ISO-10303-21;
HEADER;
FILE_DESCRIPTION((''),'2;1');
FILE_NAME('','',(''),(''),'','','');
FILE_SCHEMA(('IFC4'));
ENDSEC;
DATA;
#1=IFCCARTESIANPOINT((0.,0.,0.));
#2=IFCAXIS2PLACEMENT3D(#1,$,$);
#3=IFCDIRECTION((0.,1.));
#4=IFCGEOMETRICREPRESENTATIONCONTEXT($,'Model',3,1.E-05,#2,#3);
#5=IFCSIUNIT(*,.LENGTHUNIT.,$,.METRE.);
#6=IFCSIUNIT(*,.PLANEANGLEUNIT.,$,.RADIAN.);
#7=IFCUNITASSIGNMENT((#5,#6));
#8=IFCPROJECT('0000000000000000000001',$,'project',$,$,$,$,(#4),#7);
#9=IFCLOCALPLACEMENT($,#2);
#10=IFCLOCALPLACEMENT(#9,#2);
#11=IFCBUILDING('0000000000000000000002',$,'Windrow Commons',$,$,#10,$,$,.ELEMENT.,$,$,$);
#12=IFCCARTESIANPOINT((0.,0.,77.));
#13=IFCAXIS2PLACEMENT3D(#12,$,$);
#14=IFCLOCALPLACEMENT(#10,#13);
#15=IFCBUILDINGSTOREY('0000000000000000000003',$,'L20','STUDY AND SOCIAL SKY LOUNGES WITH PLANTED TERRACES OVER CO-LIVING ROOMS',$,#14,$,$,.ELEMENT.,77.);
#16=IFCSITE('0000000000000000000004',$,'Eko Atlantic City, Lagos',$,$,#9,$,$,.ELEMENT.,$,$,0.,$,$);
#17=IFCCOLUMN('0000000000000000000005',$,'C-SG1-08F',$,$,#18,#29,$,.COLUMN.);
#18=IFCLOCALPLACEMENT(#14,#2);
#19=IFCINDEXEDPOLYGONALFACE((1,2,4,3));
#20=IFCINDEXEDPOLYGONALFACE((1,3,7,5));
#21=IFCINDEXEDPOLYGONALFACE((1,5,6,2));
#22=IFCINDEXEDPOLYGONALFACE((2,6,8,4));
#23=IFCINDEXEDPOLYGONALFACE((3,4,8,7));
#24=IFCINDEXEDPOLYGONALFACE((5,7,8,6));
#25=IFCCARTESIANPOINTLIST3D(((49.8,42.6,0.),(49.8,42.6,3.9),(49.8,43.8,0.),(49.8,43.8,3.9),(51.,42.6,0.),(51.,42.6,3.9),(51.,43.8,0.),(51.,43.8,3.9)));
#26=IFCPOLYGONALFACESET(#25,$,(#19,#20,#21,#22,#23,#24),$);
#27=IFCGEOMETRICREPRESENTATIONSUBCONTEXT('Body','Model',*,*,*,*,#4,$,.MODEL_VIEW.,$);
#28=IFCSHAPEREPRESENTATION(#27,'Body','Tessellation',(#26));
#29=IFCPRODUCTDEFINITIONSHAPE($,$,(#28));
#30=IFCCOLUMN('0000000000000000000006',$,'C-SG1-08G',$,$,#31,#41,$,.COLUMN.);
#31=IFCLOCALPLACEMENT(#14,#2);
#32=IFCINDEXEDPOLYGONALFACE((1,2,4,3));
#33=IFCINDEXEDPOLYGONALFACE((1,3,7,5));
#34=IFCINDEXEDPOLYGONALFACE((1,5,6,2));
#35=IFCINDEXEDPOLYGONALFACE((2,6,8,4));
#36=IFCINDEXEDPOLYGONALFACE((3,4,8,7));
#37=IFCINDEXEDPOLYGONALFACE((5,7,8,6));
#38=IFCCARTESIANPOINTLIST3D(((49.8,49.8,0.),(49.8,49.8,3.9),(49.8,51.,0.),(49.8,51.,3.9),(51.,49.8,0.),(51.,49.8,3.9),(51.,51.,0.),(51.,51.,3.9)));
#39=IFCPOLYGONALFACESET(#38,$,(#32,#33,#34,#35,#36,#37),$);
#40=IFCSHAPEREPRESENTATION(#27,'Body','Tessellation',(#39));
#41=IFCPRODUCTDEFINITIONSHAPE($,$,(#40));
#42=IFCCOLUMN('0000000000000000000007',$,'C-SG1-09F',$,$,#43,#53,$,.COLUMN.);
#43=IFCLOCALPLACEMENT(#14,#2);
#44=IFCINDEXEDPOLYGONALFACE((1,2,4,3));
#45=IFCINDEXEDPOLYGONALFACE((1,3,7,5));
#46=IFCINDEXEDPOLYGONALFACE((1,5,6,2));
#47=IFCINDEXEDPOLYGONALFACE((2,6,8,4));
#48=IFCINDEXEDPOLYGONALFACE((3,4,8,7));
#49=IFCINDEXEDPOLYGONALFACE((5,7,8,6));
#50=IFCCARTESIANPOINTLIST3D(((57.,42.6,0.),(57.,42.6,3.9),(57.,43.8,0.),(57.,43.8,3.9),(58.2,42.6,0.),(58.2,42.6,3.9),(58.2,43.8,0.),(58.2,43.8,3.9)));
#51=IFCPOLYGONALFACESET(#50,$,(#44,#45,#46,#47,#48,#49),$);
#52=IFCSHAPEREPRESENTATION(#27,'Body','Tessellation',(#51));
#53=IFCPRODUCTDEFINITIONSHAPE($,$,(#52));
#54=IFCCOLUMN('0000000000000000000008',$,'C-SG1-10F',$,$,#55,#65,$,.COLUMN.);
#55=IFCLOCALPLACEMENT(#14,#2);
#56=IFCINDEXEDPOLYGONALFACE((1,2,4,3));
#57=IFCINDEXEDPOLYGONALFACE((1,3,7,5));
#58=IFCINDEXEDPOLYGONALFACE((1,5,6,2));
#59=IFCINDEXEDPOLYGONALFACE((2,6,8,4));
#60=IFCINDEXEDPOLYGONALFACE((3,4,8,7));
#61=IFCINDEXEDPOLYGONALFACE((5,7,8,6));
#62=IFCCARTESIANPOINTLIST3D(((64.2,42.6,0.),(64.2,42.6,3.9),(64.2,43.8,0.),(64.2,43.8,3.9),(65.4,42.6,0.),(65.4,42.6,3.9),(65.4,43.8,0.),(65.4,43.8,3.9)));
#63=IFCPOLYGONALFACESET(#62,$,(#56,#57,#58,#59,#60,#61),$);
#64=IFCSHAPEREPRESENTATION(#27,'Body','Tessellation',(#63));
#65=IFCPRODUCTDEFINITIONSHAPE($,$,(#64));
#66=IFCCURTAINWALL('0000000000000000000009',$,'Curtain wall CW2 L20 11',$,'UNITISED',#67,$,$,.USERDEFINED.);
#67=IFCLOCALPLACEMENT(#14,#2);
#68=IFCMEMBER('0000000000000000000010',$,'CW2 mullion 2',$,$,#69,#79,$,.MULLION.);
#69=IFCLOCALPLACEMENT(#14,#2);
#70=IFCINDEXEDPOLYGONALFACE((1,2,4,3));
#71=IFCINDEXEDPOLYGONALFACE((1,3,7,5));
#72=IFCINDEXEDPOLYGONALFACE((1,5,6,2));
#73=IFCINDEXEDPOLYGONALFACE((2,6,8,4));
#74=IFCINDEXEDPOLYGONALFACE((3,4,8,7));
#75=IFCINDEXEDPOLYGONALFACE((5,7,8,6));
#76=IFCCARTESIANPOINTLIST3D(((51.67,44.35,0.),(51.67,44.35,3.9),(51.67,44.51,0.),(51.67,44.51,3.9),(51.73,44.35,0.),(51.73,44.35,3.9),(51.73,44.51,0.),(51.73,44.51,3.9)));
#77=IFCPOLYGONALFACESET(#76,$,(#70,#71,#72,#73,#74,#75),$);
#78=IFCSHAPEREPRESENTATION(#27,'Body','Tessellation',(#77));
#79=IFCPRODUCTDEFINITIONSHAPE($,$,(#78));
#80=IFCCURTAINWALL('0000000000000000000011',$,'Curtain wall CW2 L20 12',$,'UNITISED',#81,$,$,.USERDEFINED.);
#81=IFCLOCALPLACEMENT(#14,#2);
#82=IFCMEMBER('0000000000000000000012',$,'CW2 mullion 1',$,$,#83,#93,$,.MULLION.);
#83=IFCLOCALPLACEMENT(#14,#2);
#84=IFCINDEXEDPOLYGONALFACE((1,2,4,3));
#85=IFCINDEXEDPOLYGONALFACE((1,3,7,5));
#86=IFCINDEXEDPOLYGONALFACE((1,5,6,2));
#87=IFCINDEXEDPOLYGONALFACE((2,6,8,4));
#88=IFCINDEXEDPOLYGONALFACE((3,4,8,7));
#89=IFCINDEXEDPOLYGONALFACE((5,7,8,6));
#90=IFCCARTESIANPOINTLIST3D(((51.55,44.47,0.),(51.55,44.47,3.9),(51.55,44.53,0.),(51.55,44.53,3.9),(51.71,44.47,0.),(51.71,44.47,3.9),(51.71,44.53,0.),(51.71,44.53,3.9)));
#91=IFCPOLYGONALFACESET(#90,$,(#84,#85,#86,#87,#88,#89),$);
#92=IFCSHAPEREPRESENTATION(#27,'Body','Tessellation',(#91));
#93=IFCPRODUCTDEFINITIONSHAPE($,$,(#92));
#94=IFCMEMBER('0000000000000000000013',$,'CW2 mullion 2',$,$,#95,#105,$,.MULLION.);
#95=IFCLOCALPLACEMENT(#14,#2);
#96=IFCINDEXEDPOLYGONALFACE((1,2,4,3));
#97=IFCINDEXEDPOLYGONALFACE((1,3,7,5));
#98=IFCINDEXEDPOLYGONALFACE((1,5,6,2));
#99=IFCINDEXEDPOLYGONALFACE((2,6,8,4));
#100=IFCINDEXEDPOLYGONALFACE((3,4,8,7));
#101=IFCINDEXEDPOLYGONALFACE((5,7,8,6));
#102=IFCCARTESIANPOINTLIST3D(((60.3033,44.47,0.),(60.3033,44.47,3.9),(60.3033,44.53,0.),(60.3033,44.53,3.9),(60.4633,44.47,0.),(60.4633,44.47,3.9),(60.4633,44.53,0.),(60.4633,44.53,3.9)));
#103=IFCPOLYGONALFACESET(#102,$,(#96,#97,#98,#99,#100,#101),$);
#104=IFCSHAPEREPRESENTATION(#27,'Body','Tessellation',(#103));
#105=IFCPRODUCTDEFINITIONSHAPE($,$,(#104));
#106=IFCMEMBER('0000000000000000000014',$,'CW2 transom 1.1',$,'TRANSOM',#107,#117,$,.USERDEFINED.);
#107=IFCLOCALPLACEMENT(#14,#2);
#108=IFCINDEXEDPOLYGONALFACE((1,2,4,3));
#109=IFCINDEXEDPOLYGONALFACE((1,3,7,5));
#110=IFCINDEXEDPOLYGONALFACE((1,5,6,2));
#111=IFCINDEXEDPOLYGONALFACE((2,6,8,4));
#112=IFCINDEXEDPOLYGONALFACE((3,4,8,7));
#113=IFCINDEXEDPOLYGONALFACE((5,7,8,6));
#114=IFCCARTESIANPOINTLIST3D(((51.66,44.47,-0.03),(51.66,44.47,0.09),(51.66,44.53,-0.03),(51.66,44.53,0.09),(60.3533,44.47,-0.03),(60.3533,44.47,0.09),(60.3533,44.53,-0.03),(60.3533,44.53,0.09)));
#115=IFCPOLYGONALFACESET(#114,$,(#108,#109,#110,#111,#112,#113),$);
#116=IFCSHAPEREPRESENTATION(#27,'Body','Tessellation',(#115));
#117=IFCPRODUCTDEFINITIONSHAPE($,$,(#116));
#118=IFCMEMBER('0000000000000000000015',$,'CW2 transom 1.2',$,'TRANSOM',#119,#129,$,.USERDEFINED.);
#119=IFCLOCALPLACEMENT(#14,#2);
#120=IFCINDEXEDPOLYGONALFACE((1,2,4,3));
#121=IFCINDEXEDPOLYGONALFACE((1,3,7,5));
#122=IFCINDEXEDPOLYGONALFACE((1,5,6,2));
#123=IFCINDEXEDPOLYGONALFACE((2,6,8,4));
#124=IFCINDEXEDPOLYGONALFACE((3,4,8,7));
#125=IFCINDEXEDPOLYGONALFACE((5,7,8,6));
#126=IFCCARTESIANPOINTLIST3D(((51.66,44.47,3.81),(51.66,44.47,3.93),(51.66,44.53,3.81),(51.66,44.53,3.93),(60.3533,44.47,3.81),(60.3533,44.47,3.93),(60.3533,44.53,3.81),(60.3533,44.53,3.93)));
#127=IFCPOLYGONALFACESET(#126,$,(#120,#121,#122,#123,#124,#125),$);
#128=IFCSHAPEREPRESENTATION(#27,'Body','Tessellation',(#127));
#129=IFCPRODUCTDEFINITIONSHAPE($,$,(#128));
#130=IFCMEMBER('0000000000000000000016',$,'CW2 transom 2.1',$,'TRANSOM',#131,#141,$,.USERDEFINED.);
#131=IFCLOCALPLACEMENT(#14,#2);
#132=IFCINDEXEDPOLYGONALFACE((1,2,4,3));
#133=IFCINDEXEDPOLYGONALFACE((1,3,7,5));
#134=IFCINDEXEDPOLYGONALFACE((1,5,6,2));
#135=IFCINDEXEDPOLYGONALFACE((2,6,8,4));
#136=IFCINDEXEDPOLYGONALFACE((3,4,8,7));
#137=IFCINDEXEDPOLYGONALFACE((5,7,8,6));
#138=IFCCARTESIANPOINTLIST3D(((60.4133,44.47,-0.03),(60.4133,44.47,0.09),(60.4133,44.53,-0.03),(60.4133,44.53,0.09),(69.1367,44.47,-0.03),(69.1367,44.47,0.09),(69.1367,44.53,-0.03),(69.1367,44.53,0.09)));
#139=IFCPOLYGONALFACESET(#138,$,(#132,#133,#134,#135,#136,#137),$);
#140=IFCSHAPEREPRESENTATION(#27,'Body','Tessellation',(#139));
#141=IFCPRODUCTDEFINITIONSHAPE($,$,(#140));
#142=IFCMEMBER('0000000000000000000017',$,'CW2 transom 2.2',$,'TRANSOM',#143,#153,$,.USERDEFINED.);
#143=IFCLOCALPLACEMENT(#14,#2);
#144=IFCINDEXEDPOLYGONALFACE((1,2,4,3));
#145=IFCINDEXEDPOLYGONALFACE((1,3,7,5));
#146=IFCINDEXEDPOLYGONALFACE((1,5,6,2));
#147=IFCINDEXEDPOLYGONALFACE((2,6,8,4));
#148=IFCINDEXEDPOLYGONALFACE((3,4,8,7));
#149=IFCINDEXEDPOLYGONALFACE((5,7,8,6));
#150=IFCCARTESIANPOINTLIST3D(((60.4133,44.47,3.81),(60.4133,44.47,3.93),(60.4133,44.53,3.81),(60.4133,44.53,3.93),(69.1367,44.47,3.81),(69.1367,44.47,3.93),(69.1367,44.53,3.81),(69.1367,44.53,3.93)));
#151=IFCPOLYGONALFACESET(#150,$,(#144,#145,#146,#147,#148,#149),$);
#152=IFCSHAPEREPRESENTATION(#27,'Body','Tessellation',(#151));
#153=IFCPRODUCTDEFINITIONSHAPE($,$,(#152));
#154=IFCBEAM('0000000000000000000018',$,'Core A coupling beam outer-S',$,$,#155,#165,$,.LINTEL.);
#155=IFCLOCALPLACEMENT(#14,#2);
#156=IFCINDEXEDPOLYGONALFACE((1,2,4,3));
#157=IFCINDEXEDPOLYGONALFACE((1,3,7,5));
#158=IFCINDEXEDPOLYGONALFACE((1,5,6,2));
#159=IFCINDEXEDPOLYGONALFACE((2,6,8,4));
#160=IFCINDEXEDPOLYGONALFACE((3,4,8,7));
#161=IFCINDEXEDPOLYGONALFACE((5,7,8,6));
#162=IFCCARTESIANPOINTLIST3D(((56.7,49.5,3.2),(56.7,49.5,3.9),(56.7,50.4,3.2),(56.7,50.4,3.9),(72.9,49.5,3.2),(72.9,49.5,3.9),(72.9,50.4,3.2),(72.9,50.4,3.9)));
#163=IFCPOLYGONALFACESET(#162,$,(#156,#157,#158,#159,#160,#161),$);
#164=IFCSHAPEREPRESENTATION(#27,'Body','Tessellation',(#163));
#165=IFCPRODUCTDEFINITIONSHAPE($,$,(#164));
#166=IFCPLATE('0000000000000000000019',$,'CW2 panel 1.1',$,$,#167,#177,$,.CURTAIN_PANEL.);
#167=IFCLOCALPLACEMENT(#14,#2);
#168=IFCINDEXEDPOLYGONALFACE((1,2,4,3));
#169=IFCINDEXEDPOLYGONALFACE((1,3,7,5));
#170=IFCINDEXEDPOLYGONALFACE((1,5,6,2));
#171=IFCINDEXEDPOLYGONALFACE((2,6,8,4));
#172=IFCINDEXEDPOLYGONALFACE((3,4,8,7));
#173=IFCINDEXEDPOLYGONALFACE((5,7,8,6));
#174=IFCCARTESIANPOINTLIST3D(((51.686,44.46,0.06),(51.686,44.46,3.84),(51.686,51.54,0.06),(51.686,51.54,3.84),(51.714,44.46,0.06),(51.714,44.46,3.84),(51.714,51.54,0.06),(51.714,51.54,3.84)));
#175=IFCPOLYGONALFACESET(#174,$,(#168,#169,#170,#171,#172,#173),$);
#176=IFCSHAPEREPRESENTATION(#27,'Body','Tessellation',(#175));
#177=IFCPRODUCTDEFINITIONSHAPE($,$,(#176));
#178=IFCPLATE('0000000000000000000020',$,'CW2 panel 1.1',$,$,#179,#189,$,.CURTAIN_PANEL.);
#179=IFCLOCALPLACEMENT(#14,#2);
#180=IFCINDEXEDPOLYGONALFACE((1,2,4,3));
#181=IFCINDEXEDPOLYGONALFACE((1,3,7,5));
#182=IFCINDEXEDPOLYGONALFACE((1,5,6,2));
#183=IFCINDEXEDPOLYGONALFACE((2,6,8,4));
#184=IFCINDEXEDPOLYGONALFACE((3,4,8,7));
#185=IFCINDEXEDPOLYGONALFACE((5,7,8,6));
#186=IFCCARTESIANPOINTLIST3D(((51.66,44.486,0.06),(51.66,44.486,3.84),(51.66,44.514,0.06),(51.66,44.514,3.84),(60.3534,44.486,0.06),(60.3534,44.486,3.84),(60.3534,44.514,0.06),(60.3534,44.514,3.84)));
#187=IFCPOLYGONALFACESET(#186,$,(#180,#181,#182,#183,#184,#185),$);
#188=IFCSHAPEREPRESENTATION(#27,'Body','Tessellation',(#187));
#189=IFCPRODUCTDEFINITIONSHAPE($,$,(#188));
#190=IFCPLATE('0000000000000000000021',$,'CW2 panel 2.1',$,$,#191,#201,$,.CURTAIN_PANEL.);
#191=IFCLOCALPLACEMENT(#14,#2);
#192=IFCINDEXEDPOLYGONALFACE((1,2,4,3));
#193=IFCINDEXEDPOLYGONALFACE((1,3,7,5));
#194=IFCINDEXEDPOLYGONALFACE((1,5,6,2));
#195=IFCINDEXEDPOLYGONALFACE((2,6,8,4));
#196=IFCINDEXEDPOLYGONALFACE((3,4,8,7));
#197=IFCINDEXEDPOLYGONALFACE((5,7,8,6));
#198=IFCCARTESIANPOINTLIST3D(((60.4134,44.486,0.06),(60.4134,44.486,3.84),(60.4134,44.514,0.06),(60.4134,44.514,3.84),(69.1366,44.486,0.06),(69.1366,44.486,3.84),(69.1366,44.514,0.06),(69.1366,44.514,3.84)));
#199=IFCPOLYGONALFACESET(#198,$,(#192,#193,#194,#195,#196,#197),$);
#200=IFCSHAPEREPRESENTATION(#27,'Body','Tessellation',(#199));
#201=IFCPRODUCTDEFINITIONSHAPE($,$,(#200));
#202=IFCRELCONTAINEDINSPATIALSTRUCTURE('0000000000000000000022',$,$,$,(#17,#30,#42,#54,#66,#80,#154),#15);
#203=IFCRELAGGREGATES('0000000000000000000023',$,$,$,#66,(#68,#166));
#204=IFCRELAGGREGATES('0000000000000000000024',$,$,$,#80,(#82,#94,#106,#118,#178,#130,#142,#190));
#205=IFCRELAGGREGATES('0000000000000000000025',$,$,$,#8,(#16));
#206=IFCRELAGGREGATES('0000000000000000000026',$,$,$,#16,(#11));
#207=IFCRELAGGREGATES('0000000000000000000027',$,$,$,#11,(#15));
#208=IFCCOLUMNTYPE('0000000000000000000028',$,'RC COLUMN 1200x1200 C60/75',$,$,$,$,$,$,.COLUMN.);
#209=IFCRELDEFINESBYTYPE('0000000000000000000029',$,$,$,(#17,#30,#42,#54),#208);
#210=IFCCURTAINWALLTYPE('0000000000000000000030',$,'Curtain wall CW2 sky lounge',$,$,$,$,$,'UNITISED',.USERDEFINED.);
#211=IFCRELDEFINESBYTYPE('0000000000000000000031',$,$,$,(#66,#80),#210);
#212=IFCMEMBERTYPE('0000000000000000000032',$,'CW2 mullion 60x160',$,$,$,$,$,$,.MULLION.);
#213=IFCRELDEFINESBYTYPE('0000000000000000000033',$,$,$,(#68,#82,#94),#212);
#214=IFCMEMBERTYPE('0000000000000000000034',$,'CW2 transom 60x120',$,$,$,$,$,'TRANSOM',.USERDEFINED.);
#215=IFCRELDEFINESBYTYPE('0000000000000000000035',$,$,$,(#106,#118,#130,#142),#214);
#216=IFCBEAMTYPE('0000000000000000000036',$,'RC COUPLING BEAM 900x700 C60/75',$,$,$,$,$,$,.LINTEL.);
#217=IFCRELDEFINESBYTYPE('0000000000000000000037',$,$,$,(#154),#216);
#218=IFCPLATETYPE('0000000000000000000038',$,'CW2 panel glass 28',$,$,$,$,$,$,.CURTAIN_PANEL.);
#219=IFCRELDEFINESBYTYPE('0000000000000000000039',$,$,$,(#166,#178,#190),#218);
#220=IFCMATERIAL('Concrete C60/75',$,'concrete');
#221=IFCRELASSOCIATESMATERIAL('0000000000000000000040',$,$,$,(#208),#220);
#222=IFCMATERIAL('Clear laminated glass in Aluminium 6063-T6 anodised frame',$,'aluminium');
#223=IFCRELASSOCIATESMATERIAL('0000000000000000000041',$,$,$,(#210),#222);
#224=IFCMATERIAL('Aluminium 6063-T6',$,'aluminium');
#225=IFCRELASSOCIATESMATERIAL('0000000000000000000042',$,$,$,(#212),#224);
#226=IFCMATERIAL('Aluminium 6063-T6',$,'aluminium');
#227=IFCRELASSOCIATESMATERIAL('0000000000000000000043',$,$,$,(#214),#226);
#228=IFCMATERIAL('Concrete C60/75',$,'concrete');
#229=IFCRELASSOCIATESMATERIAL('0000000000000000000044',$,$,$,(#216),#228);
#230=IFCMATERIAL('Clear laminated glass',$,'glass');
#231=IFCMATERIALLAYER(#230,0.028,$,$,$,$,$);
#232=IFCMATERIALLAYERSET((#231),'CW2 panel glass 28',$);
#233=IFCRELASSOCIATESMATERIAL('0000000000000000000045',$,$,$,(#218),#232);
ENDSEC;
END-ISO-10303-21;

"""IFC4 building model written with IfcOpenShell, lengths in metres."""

from ifc_helpers import new_model, si_unit, direction, frame, origin, origin_2d, place, context, subcontext, project, spatial, rectangle, extrude, material, layer, layer_set, material_profile, profile_set, type_object, element, aggregate, save


model = new_model("IFC4")

# Units and contexts
model_context = context("Model", 3, precision=1e-05, world=origin(), true_north=direction((0.0, 1.0)))
body_context = subcontext(model_context, "Body", "Model", "MODEL_VIEW")
ifc_project = project(units=[si_unit("LENGTHUNIT", "METRE"), si_unit("PLANEANGLEUNIT", "RADIAN")], contexts=[model_context])

# Site, building, storey
site_placement = place(None, origin())
site = spatial("IfcSite", under=ifc_project, at=site_placement, Name="Eko Atlantic City, Lagos", CompositionType="ELEMENT", RefElevation=0.0)
building_placement = place(site_placement, origin())
building = spatial("IfcBuilding", under=site, at=building_placement, Name="Windrow Commons", CompositionType="ELEMENT")
storey_placement = place(building_placement, frame((0.0, 0.0, 77.0)))
storey = spatial("IfcBuildingStorey", under=building, at=storey_placement, Name="L20", Description="STUDY AND SOCIAL SKY LOUNGES WITH PLANTED TERRACES OVER CO-LIVING ROOMS", CompositionType="ELEMENT", Elevation=77.0)

# Columns
ifc_material_1 = material(Name="Concrete C60/75", Category="concrete")
ifc_material_profile_1 = material_profile(ifc_material_1, rectangle(XDim=1.2, YDim=1.2, at=origin_2d()))
ifc_profile_set_1 = profile_set([ifc_material_profile_1], Name="Concrete C60/75")
column_type = type_object("IfcColumnType", Name="RC COLUMN 1200x1200 C60/75", PredefinedType="COLUMN", material=ifc_profile_set_1)
for number, where, z_axis, x_axis, name in (
    (1, (50.4, 43.2, 0.0), (0.0, 0.0, 1.0), (1.0, 0.0, 0.0), "C-SG1-08F"),
    (2, (50.4, 50.4, 0.0), (0.0, 0.0, 1.0), (1.0, 0.0, 0.0), "C-SG1-08G"),
    (3, (57.6, 43.2, 0.0), (0.0, 0.0, 1.0), (1.0, 0.0, 0.0), "C-SG1-09F"),
    (4, (64.8, 43.2, 0.0), (0.0, 0.0, 1.0), (1.0, 0.0, 0.0), "C-SG1-10F"),
):
    element("IfcColumn", number, at=place(storey_placement, frame(where, z_axis=z_axis, x_axis=x_axis)), inside=storey, type_object=column_type, Name=name, PredefinedType="COLUMN", context=body_context, shape_type="SweptSolid", body=[
        extrude(rectangle(XDim=1.2, YDim=1.2, at=origin_2d()), origin(), (0.0, 0.0, 1.0), 3.9),
    ])

# Curtain wall, member
ifc_material_2 = material(Name="Clear laminated glass in Aluminium 6063-T6 anodised frame", Category="aluminium")
curtain_wall_type = type_object("IfcCurtainWallType", Name="Curtain wall CW2 sky lounge", ElementType="UNITISED", PredefinedType="USERDEFINED", material=ifc_material_2)
placement = place(storey_placement, origin())
curtain_wall_1 = element("IfcCurtainWall", 5, at=placement, inside=storey, type_object=curtain_wall_type, Name="Curtain wall CW2 L20 11", ObjectType="UNITISED", PredefinedType="USERDEFINED")
ifc_material_3 = material(Name="Aluminium 6063-T6", Category="aluminium")
ifc_material_profile_2 = material_profile(ifc_material_3, rectangle(XDim=0.06, YDim=0.16, at=origin_2d()))
ifc_profile_set_2 = profile_set([ifc_material_profile_2], Name="Aluminium 6063-T6")
member_type_1 = type_object("IfcMemberType", Name="CW2 mullion 60x160", PredefinedType="MULLION", material=ifc_profile_set_2)
member_1_placement = place(storey_placement, frame((51.7, 44.43, 0.0), z_axis=(0.0, 0.0, 1.0), x_axis=(1.0, 0.0, 0.0)))
member_1 = element("IfcMember", 6, at=member_1_placement, type_object=member_type_1, Name="CW2 mullion 2", PredefinedType="MULLION", context=body_context, shape_type="SweptSolid", body=[
    extrude(rectangle(XDim=0.06, YDim=0.16, at=origin_2d()), origin(), (0.0, 0.0, 1.0), 3.9),
])

# Curtain wall, members
curtain_wall_2 = element("IfcCurtainWall", 7, at=placement, inside=storey, type_object=curtain_wall_type, Name="Curtain wall CW2 L20 12", ObjectType="UNITISED", PredefinedType="USERDEFINED")
member_2_placement = place(storey_placement, frame((51.63, 44.5, 0.0), z_axis=(0.0, 0.0, 1.0), x_axis=(0.0, 1.0, 0.0)))
member_2 = element("IfcMember", 8, at=member_2_placement, type_object=member_type_1, Name="CW2 mullion 1", PredefinedType="MULLION", context=body_context, shape_type="SweptSolid", body=[
    extrude(rectangle(XDim=0.06, YDim=0.16, at=origin_2d()), origin(), (0.0, 0.0, 1.0), 3.9),
])
member_3_placement = place(storey_placement, frame((60.3833, 44.5, 0.0), z_axis=(0.0, 0.0, 1.0), x_axis=(0.0, 1.0, 0.0)))
member_3 = element("IfcMember", 9, at=member_3_placement, type_object=member_type_1, Name="CW2 mullion 2", PredefinedType="MULLION", context=body_context, shape_type="SweptSolid", body=[
    extrude(rectangle(XDim=0.06, YDim=0.16, at=origin_2d()), origin(), (0.0, 0.0, 1.0), 3.9),
])
ifc_material_4 = material(Name="Aluminium 6063-T6", Category="aluminium")
ifc_material_profile_3 = material_profile(ifc_material_4, rectangle(XDim=0.06, YDim=0.12, at=origin_2d()))
ifc_profile_set_3 = profile_set([ifc_material_profile_3], Name="Aluminium 6063-T6")
member_type_2 = type_object("IfcMemberType", Name="CW2 transom 60x120", ElementType="TRANSOM", PredefinedType="USERDEFINED", material=ifc_profile_set_3)
member_4_placement = place(storey_placement, frame((51.66, 44.5, 0.03), z_axis=(1.0, 0.0, 0.0), x_axis=(0.0, 1.0, 0.0)))
member_4 = element("IfcMember", 10, at=member_4_placement, type_object=member_type_2, Name="CW2 transom 1.1", ObjectType="TRANSOM", PredefinedType="USERDEFINED", context=body_context, shape_type="SweptSolid", body=[
    extrude(rectangle(XDim=0.06, YDim=0.12, at=origin_2d()), origin(), (0.0, 0.0, 1.0), 8.6933),
])
member_5_placement = place(storey_placement, frame((51.66, 44.5, 3.87), z_axis=(1.0, 0.0, 0.0), x_axis=(0.0, 1.0, 0.0)))
member_5 = element("IfcMember", 11, at=member_5_placement, type_object=member_type_2, Name="CW2 transom 1.2", ObjectType="TRANSOM", PredefinedType="USERDEFINED", context=body_context, shape_type="SweptSolid", body=[
    extrude(rectangle(XDim=0.06, YDim=0.12, at=origin_2d()), origin(), (0.0, 0.0, 1.0), 8.6933),
])
member_6_placement = place(storey_placement, frame((60.4133, 44.5, 0.03), z_axis=(1.0, 0.0, 0.0), x_axis=(0.0, 1.0, 0.0)))
member_6 = element("IfcMember", 12, at=member_6_placement, type_object=member_type_2, Name="CW2 transom 2.1", ObjectType="TRANSOM", PredefinedType="USERDEFINED", context=body_context, shape_type="SweptSolid", body=[
    extrude(rectangle(XDim=0.06, YDim=0.12, at=origin_2d()), origin(), (0.0, 0.0, 1.0), 8.7234),
])
member_7_placement = place(storey_placement, frame((60.4133, 44.5, 3.87), z_axis=(1.0, 0.0, 0.0), x_axis=(0.0, 1.0, 0.0)))
member_7 = element("IfcMember", 13, at=member_7_placement, type_object=member_type_2, Name="CW2 transom 2.2", ObjectType="TRANSOM", PredefinedType="USERDEFINED", context=body_context, shape_type="SweptSolid", body=[
    extrude(rectangle(XDim=0.06, YDim=0.12, at=origin_2d()), origin(), (0.0, 0.0, 1.0), 8.7234),
])

# Beam
ifc_material_5 = material(Name="Concrete C60/75", Category="concrete")
ifc_material_profile_4 = material_profile(ifc_material_5, rectangle(XDim=0.9, YDim=0.7, at=origin_2d()))
ifc_profile_set_4 = profile_set([ifc_material_profile_4], Name="Concrete C60/75")
beam_type = type_object("IfcBeamType", Name="RC COUPLING BEAM 900x700 C60/75", PredefinedType="LINTEL", material=ifc_profile_set_4)
beam_placement = place(storey_placement, frame((56.7, 49.95, 3.55), z_axis=(1.0, 0.0, 0.0), x_axis=(0.0, 1.0, 0.0)))
element("IfcBeam", 14, at=beam_placement, inside=storey, type_object=beam_type, Name="Core A coupling beam outer-S", PredefinedType="LINTEL", context=body_context, shape_type="SweptSolid", body=[
    extrude(rectangle(XDim=0.9, YDim=0.7, at=origin_2d()), origin(), (0.0, 0.0, 1.0), 16.2),
])

# Plates
ifc_material_6 = material(Name="Clear laminated glass", Category="glass")
ifc_layer_1 = layer(ifc_material_6, 0.028)
ifc_layer_set_1 = layer_set([ifc_layer_1], Name="CW2 panel glass 28")
plate_type = type_object("IfcPlateType", Name="CW2 panel glass 28", PredefinedType="CURTAIN_PANEL", material=ifc_layer_set_1)
plate_1_placement = place(storey_placement, frame((51.7, 48.0, 0.06), z_axis=(0.0, 0.0, 1.0), x_axis=(0.0, -1.0, 0.0)))
plate_1 = element("IfcPlate", 15, at=plate_1_placement, type_object=plate_type, Name="CW2 panel 1.1", PredefinedType="CURTAIN_PANEL", context=body_context, shape_type="SweptSolid", body=[
    extrude(rectangle(XDim=7.08, YDim=0.028, at=origin_2d()), origin(), (0.0, 0.0, 1.0), 3.78),
])
aggregate(curtain_wall_1, [member_1, plate_1])
plate_2_placement = place(storey_placement, frame((56.0067, 44.5, 0.06), z_axis=(0.0, 0.0, 1.0), x_axis=(1.0, 0.0, 0.0)))
plate_2 = element("IfcPlate", 16, at=plate_2_placement, type_object=plate_type, Name="CW2 panel 1.1", PredefinedType="CURTAIN_PANEL", context=body_context, shape_type="SweptSolid", body=[
    extrude(rectangle(XDim=8.6933, YDim=0.028, at=origin_2d()), origin(), (0.0, 0.0, 1.0), 3.78),
])
plate_3_placement = place(storey_placement, frame((64.775, 44.5, 0.06), z_axis=(0.0, 0.0, 1.0), x_axis=(1.0, 0.0, 0.0)))
plate_3 = element("IfcPlate", 17, at=plate_3_placement, type_object=plate_type, Name="CW2 panel 2.1", PredefinedType="CURTAIN_PANEL", context=body_context, shape_type="SweptSolid", body=[
    extrude(rectangle(XDim=8.7233, YDim=0.028, at=origin_2d()), origin(), (0.0, 0.0, 1.0), 3.78),
])
aggregate(curtain_wall_2, [member_2, member_3, member_4, member_5, plate_2, member_6, member_7, plate_3])

save(model, "model.ifc")
